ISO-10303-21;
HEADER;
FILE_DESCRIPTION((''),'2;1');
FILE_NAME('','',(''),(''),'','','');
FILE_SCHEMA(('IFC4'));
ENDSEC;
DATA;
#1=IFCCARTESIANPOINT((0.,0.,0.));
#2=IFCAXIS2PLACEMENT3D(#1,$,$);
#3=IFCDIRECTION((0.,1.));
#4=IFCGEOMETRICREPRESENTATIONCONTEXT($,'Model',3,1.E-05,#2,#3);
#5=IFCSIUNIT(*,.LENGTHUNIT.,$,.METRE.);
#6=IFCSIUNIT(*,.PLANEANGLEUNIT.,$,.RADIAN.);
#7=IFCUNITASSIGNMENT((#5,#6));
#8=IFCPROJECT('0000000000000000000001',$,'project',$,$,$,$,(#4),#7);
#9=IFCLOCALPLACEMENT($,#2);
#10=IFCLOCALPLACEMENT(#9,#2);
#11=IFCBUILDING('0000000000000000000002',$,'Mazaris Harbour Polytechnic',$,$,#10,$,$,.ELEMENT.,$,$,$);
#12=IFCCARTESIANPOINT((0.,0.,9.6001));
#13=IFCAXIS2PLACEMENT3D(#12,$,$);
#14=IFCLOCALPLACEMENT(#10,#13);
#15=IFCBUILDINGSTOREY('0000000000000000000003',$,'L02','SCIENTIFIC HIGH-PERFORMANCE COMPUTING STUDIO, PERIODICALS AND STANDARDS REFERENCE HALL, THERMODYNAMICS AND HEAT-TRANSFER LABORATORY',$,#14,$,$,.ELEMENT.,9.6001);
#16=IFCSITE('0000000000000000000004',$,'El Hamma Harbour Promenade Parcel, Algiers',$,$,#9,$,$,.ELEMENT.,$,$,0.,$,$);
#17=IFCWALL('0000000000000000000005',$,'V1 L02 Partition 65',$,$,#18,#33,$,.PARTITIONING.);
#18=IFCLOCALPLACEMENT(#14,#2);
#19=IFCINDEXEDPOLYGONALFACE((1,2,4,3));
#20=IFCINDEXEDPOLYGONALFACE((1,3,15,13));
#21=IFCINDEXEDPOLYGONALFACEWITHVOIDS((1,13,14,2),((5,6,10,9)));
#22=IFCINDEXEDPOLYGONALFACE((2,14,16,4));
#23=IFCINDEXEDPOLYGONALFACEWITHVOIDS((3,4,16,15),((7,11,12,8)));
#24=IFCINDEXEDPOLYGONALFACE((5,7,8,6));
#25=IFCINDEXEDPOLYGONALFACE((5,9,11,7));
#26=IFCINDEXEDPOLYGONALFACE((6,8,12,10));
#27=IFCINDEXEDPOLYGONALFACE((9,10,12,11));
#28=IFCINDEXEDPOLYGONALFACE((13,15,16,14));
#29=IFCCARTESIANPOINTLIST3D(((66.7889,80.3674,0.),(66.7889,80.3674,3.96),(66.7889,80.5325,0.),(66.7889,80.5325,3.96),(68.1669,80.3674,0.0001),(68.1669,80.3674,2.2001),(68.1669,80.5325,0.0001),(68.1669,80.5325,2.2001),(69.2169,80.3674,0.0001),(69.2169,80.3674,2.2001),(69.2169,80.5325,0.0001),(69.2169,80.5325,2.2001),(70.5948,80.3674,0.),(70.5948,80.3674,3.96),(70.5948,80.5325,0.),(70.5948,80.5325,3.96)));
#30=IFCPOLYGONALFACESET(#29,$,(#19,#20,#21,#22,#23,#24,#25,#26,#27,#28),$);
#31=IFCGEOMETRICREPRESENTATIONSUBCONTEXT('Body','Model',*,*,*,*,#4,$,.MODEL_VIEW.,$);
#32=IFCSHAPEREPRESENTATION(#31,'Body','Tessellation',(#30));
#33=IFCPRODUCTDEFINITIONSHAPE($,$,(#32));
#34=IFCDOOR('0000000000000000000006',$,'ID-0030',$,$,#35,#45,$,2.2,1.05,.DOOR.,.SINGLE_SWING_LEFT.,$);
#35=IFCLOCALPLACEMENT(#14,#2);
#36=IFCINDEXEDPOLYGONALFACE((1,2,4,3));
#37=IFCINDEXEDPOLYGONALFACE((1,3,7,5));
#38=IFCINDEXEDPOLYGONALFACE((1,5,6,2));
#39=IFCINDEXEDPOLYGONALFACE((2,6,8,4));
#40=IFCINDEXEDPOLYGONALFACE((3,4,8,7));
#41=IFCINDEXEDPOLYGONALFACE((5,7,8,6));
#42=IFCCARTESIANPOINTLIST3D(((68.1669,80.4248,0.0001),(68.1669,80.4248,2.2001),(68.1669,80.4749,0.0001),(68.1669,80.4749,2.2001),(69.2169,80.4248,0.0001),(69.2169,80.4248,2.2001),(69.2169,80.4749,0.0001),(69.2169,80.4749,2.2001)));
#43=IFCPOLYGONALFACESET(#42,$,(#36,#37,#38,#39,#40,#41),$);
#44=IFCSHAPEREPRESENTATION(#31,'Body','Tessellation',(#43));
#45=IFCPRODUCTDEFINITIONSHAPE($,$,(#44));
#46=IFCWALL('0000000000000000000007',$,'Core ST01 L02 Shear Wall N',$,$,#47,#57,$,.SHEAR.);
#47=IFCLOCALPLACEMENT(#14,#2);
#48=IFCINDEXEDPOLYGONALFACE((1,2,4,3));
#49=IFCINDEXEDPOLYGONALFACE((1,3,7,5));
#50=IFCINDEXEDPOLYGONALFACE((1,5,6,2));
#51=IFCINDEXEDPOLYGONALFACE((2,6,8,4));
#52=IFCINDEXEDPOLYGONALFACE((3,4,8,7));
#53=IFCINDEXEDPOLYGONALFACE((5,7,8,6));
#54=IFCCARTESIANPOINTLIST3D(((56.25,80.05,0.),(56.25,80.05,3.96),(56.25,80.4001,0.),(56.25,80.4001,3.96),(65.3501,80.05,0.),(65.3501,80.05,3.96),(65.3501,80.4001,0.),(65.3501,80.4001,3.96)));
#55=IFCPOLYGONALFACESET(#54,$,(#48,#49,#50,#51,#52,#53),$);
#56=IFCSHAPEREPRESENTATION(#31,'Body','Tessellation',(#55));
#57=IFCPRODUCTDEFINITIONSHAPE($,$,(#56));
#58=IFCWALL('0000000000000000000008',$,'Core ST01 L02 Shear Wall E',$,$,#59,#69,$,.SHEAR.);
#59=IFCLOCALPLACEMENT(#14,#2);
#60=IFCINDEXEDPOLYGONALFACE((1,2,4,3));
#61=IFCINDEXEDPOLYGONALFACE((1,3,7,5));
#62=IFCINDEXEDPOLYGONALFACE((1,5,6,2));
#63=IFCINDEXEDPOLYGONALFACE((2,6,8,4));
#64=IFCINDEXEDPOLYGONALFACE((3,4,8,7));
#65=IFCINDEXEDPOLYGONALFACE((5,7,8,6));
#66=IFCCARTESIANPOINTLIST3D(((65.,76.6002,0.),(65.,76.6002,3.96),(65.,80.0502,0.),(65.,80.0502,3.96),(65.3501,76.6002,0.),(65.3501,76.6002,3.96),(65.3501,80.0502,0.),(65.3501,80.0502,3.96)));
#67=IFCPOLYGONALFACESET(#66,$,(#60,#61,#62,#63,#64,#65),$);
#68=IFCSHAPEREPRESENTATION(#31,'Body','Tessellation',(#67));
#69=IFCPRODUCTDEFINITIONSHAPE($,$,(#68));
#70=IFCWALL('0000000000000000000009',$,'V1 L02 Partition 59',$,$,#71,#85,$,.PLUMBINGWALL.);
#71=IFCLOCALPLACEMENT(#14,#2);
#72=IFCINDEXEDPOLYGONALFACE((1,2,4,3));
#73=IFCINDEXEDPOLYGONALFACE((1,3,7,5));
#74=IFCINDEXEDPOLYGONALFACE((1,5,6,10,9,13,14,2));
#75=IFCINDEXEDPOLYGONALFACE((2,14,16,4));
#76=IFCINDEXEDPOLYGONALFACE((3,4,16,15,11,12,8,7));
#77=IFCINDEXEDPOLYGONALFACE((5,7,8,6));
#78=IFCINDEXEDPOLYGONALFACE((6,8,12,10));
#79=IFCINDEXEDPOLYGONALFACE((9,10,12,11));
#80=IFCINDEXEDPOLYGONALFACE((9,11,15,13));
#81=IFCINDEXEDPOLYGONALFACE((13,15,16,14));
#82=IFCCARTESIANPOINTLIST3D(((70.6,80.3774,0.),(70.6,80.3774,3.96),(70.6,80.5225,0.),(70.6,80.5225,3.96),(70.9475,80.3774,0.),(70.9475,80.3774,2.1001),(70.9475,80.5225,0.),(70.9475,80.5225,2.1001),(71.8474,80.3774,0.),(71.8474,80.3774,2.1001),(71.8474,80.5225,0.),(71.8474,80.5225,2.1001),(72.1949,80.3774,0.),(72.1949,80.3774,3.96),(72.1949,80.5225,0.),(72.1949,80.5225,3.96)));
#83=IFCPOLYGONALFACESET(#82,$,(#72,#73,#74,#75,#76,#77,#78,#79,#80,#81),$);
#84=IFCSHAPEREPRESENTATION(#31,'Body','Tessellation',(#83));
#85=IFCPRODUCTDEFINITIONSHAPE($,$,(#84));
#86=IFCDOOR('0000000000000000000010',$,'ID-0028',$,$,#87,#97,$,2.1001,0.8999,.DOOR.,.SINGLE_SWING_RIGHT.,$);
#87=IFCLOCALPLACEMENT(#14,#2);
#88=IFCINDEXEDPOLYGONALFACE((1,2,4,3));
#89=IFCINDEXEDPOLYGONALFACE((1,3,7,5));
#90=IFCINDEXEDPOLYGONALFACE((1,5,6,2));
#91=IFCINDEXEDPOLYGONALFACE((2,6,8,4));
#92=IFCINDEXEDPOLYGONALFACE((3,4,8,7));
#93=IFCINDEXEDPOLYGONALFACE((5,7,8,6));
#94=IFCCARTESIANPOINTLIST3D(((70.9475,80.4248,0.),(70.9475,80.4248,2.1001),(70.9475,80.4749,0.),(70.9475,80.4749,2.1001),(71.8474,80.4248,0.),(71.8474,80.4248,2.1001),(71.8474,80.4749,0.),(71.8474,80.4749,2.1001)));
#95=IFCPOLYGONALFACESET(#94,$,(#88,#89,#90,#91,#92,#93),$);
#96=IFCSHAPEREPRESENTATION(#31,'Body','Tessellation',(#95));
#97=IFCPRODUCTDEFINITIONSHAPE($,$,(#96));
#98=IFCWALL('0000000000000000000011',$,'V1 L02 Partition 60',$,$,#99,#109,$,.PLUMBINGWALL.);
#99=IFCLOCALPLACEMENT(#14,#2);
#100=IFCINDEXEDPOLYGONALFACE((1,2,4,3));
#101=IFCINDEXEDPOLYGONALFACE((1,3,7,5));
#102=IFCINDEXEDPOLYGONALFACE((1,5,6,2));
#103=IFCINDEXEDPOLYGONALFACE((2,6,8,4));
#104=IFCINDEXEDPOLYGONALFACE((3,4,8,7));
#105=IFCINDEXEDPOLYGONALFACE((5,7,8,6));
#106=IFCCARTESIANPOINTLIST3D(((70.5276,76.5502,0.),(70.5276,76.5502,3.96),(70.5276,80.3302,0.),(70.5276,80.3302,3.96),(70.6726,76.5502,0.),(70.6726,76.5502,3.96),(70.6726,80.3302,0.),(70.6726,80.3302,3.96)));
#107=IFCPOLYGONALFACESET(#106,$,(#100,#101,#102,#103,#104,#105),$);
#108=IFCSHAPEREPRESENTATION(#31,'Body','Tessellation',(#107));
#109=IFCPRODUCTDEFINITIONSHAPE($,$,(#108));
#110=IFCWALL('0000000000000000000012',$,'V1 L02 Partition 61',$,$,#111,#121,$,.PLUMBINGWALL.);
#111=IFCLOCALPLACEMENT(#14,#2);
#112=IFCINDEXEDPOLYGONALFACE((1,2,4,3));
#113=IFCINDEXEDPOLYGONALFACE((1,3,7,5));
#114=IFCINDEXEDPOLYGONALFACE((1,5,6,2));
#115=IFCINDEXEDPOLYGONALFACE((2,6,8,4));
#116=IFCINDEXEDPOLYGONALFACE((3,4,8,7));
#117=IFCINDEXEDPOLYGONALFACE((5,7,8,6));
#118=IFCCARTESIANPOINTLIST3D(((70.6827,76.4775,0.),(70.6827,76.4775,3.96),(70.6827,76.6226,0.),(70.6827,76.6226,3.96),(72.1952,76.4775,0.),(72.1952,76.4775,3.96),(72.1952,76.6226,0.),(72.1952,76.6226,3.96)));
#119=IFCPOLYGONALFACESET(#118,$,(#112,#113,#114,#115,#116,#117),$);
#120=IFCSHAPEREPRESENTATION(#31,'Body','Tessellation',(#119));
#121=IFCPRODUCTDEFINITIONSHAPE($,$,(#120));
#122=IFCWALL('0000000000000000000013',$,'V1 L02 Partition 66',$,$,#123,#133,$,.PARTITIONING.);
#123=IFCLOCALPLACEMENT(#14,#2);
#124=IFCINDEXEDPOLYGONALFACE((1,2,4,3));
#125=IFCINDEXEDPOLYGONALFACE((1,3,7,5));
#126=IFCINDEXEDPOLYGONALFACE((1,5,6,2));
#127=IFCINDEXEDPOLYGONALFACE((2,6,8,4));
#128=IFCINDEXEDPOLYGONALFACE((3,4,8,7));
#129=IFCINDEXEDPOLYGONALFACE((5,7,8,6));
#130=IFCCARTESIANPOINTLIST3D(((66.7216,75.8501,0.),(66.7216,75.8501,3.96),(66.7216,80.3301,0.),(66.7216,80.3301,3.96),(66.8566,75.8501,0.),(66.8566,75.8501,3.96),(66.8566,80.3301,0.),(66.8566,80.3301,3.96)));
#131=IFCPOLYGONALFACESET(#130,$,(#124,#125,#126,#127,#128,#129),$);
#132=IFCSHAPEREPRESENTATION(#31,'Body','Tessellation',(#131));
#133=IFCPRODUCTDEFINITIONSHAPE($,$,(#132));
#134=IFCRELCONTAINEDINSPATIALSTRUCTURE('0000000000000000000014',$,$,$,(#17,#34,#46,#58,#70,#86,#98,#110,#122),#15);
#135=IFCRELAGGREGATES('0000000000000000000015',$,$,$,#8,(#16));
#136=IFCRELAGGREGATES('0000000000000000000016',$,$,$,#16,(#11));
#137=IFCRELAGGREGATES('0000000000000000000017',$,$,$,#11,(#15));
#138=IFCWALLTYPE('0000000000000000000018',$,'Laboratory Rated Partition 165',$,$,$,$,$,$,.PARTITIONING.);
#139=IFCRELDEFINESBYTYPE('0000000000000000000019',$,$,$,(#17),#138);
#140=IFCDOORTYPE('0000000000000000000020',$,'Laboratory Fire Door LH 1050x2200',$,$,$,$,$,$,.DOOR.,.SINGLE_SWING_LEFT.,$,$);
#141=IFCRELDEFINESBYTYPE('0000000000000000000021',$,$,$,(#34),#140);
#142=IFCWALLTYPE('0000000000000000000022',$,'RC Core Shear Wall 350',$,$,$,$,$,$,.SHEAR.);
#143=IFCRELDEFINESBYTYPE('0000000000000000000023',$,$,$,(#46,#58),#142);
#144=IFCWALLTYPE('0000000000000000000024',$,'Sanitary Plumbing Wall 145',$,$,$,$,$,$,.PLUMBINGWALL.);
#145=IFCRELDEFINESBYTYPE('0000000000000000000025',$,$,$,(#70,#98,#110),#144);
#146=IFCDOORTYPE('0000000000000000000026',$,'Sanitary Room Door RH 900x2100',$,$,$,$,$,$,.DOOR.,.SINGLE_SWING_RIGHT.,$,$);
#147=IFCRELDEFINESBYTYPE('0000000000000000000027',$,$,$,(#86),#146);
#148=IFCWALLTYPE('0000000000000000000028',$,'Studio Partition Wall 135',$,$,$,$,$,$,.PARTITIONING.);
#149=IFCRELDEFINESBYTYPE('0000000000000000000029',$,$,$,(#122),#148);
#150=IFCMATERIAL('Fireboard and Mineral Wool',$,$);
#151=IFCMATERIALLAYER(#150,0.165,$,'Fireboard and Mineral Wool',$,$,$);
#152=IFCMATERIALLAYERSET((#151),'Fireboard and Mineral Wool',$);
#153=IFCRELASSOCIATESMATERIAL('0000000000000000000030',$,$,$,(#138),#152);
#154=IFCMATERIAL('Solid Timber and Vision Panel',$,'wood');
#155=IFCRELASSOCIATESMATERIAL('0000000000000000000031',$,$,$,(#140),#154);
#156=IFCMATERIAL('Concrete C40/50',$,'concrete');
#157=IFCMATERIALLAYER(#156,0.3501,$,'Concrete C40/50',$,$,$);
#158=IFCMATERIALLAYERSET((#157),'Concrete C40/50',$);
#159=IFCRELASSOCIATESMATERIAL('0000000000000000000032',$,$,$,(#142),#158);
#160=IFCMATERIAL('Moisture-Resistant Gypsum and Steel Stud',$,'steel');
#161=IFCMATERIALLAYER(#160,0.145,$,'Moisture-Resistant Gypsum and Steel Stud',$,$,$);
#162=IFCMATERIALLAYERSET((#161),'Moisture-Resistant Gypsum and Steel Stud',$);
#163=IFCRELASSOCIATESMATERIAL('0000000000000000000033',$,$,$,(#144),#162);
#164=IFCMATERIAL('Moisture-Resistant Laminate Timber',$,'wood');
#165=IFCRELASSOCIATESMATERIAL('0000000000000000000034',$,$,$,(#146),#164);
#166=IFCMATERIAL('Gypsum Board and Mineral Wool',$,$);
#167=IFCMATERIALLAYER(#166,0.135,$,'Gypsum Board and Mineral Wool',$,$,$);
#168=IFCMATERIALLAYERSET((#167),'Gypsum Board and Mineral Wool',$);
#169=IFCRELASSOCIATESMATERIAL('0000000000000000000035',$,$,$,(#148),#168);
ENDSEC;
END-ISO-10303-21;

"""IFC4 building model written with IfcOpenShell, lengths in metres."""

from ifc_helpers import new_model, si_unit, direction, frame, frame_2d, origin, place, context, subcontext, project, spatial, rectangle, extrude, material, layer, layer_set, type_object, element, fill, save


model = new_model("IFC4")

# Units and contexts
model_context = context("Model", 3, precision=1e-05, world=origin(), true_north=direction((0.0, 1.0)))
body_context = subcontext(model_context, "Body", "Model", "MODEL_VIEW")
ifc_project = project(units=[si_unit("LENGTHUNIT", "METRE"), si_unit("PLANEANGLEUNIT", "RADIAN")], contexts=[model_context])

# Site, building, storey
site_placement = place(None, origin())
site = spatial("IfcSite", under=ifc_project, at=site_placement, Name="El Hamma Harbour Promenade Parcel, Algiers", CompositionType="ELEMENT", RefElevation=0.0)
building_placement = place(site_placement, origin())
building = spatial("IfcBuilding", under=site, at=building_placement, Name="Mazaris Harbour Polytechnic", CompositionType="ELEMENT")
storey_placement = place(building_placement, frame((0.0, 0.0, 9.6001)))
storey = spatial("IfcBuildingStorey", under=building, at=storey_placement, Name="L02", Description="SCIENTIFIC HIGH-PERFORMANCE COMPUTING STUDIO, PERIODICALS AND STANDARDS REFERENCE HALL, THERMODYNAMICS AND HEAT-TRANSFER LABORATORY", CompositionType="ELEMENT", Elevation=9.6001)

# Wall, opening, door
ifc_material_1 = material(Name="Fireboard and Mineral Wool")
ifc_layer_1 = layer(ifc_material_1, 0.165, Name="Fireboard and Mineral Wool")
ifc_layer_set_1 = layer_set([ifc_layer_1], Name="Fireboard and Mineral Wool")
wall_type_1 = type_object("IfcWallType", Name="Laboratory Rated Partition 165", PredefinedType="PARTITIONING", material=ifc_layer_set_1)
wall_1_placement = place(storey_placement, frame((66.7891, 80.45, 0.0), z_axis=(0.0, 0.0, 1.0), x_axis=(1.0, 0.0, 0.0)))
wall_1 = element("IfcWall", 1, at=wall_1_placement, inside=storey, type_object=wall_type_1, Name="V1 L02 Partition 65", PredefinedType="PARTITIONING", context=body_context, shape_type="SweptSolid", body=[
    extrude(rectangle(XDim=3.8059, YDim=0.165, at=frame_2d((1.9028, 0.0))), origin(), (0.0, 0.0, 1.0), 3.96),
])
opening_1_placement = place(wall_1_placement, frame((1.3779, 0.0, 0.0)))
opening_1 = element("IfcOpeningElement", 2, at=opening_1_placement, cuts=wall_1, PredefinedType="OPENING", context=body_context, shape_type="SweptSolid", body=[
    extrude(rectangle(XDim=1.05, YDim=2.2, at=frame_2d((0.5249, 1.1001))), frame((0.0, 0.0925, 0.0), z_axis=(0.0, -1.0, 0.0), x_axis=(1.0, 0.0, 0.0)), (0.0, 0.0, 1.0), 0.1851),
])
ifc_material_2 = material(Name="Solid Timber and Vision Panel", Category="wood")
door_type_1 = type_object("IfcDoorType", Name="Laboratory Fire Door LH 1050x2200", OperationType="SINGLE_SWING_LEFT", PredefinedType="DOOR", material=ifc_material_2)
door_1_placement = place(opening_1_placement, origin())
door_1 = element("IfcDoor", 3, at=door_1_placement, inside=storey, type_object=door_type_1, Name="ID-0030", OperationType="SINGLE_SWING_LEFT", OverallHeight=2.2, OverallWidth=1.05, PredefinedType="DOOR", context=body_context, shape_type="SweptSolid", body=[
    extrude(rectangle(XDim=1.05, YDim=2.2, at=frame_2d((0.5249, 1.1001))), frame((0.0, 0.0249, 0.0), z_axis=(0.0, -1.0, 0.0), x_axis=(1.0, 0.0, 0.0)), (0.0, 0.0, 1.0), 0.05),
])
fill(opening_1, door_1)

# Walls
ifc_material_3 = material(Name="Concrete C40/50", Category="concrete")
ifc_layer_2 = layer(ifc_material_3, 0.3501, Name="Concrete C40/50")
ifc_layer_set_2 = layer_set([ifc_layer_2], Name="Concrete C40/50")
wall_type_2 = type_object("IfcWallType", Name="RC Core Shear Wall 350", PredefinedType="SHEAR", material=ifc_layer_set_2)
wall_2_placement = place(storey_placement, frame((65.3501, 80.2251, 0.0), z_axis=(0.0, 0.0, 1.0), x_axis=(-1.0, 0.0, 0.0)))
element("IfcWall", 4, at=wall_2_placement, inside=storey, type_object=wall_type_2, Name="Core ST01 L02 Shear Wall N", PredefinedType="SHEAR", context=body_context, shape_type="SweptSolid", body=[
    extrude(rectangle(XDim=9.1001, YDim=0.3501, at=frame_2d((4.55, 0.0))), origin(), (0.0, 0.0, 1.0), 3.96),
])
wall_3_placement = place(storey_placement, frame((65.175, 76.6001, 0.0), z_axis=(0.0, 0.0, 1.0), x_axis=(0.0, 1.0, 0.0)))
element("IfcWall", 5, at=wall_3_placement, inside=storey, type_object=wall_type_2, Name="Core ST01 L02 Shear Wall E", PredefinedType="SHEAR", context=body_context, shape_type="SweptSolid", body=[
    extrude(rectangle(XDim=3.45, YDim=0.3501, at=frame_2d((1.7251, 0.0))), origin(), (0.0, 0.0, 1.0), 3.96),
])

# Wall, opening, door
ifc_material_4 = material(Name="Moisture-Resistant Gypsum and Steel Stud", Category="steel")
ifc_layer_3 = layer(ifc_material_4, 0.145, Name="Moisture-Resistant Gypsum and Steel Stud")
ifc_layer_set_3 = layer_set([ifc_layer_3], Name="Moisture-Resistant Gypsum and Steel Stud")
wall_type_3 = type_object("IfcWallType", Name="Sanitary Plumbing Wall 145", PredefinedType="PLUMBINGWALL", material=ifc_layer_set_3)
wall_4_placement = place(storey_placement, frame((70.6001, 80.45, 0.0), z_axis=(0.0, 0.0, 1.0), x_axis=(1.0, 0.0, 0.0)))
wall_4 = element("IfcWall", 6, at=wall_4_placement, inside=storey, type_object=wall_type_3, Name="V1 L02 Partition 59", PredefinedType="PLUMBINGWALL", context=body_context, shape_type="SweptSolid", body=[
    extrude(rectangle(XDim=1.595, YDim=0.145, at=frame_2d((0.7974, 0.0))), origin(), (0.0, 0.0, 1.0), 3.96),
])
opening_2_placement = place(wall_4_placement, frame((0.3474, 0.0, 0.0)))
opening_2 = element("IfcOpeningElement", 7, at=opening_2_placement, cuts=wall_4, PredefinedType="OPENING", context=body_context, shape_type="SweptSolid", body=[
    extrude(rectangle(XDim=0.8999, YDim=2.1001, at=frame_2d((0.45, 1.05))), frame((0.0, 0.0825, 0.0), z_axis=(0.0, -1.0, 0.0), x_axis=(1.0, 0.0, 0.0)), (0.0, 0.0, 1.0), 0.165),
])
ifc_material_5 = material(Name="Moisture-Resistant Laminate Timber", Category="wood")
door_type_2 = type_object("IfcDoorType", Name="Sanitary Room Door RH 900x2100", OperationType="SINGLE_SWING_RIGHT", PredefinedType="DOOR", material=ifc_material_5)
door_2_placement = place(opening_2_placement, origin())
door_2 = element("IfcDoor", 8, at=door_2_placement, inside=storey, type_object=door_type_2, Name="ID-0028", OperationType="SINGLE_SWING_RIGHT", OverallHeight=2.1001, OverallWidth=0.8999, PredefinedType="DOOR", context=body_context, shape_type="SweptSolid", body=[
    extrude(rectangle(XDim=0.8999, YDim=2.1001, at=frame_2d((0.45, 1.05))), frame((0.0, 0.0249, 0.0), z_axis=(0.0, -1.0, 0.0), x_axis=(1.0, 0.0, 0.0)), (0.0, 0.0, 1.0), 0.05),
])
fill(opening_2, door_2)

# Walls
wall_5_placement = place(storey_placement, frame((70.6001, 76.55, 0.0), z_axis=(0.0, 0.0, 1.0), x_axis=(0.0, 1.0, 0.0)))
element("IfcWall", 9, at=wall_5_placement, inside=storey, type_object=wall_type_3, Name="V1 L02 Partition 60", PredefinedType="PLUMBINGWALL", context=body_context, shape_type="SweptSolid", body=[
    extrude(rectangle(XDim=3.78, YDim=0.145, at=frame_2d((1.8901, 0.0))), origin(), (0.0, 0.0, 1.0), 3.96),
])
wall_6_placement = place(storey_placement, frame((70.6826, 76.55, 0.0), z_axis=(0.0, 0.0, 1.0), x_axis=(1.0, 0.0, 0.0)))
element("IfcWall", 10, at=wall_6_placement, inside=storey, type_object=wall_type_3, Name="V1 L02 Partition 61", PredefinedType="PLUMBINGWALL", context=body_context, shape_type="SweptSolid", body=[
    extrude(rectangle(XDim=1.5125, YDim=0.145, at=frame_2d((0.7563, 0.0))), origin(), (0.0, 0.0, 1.0), 3.96),
])
ifc_material_6 = material(Name="Gypsum Board and Mineral Wool")
ifc_layer_4 = layer(ifc_material_6, 0.135, Name="Gypsum Board and Mineral Wool")
ifc_layer_set_4 = layer_set([ifc_layer_4], Name="Gypsum Board and Mineral Wool")
wall_type_4 = type_object("IfcWallType", Name="Studio Partition Wall 135", PredefinedType="PARTITIONING", material=ifc_layer_set_4)
wall_7_placement = place(storey_placement, frame((66.7891, 75.8501, 0.0), z_axis=(0.0, 0.0, 1.0), x_axis=(0.0, 1.0, 0.0)))
element("IfcWall", 11, at=wall_7_placement, inside=storey, type_object=wall_type_4, Name="V1 L02 Partition 66", PredefinedType="PARTITIONING", context=body_context, shape_type="SweptSolid", body=[
    extrude(rectangle(XDim=4.48, YDim=0.135, at=frame_2d((2.24, 0.0))), origin(), (0.0, 0.0, 1.0), 3.96),
])

save(model, "model.ifc")
